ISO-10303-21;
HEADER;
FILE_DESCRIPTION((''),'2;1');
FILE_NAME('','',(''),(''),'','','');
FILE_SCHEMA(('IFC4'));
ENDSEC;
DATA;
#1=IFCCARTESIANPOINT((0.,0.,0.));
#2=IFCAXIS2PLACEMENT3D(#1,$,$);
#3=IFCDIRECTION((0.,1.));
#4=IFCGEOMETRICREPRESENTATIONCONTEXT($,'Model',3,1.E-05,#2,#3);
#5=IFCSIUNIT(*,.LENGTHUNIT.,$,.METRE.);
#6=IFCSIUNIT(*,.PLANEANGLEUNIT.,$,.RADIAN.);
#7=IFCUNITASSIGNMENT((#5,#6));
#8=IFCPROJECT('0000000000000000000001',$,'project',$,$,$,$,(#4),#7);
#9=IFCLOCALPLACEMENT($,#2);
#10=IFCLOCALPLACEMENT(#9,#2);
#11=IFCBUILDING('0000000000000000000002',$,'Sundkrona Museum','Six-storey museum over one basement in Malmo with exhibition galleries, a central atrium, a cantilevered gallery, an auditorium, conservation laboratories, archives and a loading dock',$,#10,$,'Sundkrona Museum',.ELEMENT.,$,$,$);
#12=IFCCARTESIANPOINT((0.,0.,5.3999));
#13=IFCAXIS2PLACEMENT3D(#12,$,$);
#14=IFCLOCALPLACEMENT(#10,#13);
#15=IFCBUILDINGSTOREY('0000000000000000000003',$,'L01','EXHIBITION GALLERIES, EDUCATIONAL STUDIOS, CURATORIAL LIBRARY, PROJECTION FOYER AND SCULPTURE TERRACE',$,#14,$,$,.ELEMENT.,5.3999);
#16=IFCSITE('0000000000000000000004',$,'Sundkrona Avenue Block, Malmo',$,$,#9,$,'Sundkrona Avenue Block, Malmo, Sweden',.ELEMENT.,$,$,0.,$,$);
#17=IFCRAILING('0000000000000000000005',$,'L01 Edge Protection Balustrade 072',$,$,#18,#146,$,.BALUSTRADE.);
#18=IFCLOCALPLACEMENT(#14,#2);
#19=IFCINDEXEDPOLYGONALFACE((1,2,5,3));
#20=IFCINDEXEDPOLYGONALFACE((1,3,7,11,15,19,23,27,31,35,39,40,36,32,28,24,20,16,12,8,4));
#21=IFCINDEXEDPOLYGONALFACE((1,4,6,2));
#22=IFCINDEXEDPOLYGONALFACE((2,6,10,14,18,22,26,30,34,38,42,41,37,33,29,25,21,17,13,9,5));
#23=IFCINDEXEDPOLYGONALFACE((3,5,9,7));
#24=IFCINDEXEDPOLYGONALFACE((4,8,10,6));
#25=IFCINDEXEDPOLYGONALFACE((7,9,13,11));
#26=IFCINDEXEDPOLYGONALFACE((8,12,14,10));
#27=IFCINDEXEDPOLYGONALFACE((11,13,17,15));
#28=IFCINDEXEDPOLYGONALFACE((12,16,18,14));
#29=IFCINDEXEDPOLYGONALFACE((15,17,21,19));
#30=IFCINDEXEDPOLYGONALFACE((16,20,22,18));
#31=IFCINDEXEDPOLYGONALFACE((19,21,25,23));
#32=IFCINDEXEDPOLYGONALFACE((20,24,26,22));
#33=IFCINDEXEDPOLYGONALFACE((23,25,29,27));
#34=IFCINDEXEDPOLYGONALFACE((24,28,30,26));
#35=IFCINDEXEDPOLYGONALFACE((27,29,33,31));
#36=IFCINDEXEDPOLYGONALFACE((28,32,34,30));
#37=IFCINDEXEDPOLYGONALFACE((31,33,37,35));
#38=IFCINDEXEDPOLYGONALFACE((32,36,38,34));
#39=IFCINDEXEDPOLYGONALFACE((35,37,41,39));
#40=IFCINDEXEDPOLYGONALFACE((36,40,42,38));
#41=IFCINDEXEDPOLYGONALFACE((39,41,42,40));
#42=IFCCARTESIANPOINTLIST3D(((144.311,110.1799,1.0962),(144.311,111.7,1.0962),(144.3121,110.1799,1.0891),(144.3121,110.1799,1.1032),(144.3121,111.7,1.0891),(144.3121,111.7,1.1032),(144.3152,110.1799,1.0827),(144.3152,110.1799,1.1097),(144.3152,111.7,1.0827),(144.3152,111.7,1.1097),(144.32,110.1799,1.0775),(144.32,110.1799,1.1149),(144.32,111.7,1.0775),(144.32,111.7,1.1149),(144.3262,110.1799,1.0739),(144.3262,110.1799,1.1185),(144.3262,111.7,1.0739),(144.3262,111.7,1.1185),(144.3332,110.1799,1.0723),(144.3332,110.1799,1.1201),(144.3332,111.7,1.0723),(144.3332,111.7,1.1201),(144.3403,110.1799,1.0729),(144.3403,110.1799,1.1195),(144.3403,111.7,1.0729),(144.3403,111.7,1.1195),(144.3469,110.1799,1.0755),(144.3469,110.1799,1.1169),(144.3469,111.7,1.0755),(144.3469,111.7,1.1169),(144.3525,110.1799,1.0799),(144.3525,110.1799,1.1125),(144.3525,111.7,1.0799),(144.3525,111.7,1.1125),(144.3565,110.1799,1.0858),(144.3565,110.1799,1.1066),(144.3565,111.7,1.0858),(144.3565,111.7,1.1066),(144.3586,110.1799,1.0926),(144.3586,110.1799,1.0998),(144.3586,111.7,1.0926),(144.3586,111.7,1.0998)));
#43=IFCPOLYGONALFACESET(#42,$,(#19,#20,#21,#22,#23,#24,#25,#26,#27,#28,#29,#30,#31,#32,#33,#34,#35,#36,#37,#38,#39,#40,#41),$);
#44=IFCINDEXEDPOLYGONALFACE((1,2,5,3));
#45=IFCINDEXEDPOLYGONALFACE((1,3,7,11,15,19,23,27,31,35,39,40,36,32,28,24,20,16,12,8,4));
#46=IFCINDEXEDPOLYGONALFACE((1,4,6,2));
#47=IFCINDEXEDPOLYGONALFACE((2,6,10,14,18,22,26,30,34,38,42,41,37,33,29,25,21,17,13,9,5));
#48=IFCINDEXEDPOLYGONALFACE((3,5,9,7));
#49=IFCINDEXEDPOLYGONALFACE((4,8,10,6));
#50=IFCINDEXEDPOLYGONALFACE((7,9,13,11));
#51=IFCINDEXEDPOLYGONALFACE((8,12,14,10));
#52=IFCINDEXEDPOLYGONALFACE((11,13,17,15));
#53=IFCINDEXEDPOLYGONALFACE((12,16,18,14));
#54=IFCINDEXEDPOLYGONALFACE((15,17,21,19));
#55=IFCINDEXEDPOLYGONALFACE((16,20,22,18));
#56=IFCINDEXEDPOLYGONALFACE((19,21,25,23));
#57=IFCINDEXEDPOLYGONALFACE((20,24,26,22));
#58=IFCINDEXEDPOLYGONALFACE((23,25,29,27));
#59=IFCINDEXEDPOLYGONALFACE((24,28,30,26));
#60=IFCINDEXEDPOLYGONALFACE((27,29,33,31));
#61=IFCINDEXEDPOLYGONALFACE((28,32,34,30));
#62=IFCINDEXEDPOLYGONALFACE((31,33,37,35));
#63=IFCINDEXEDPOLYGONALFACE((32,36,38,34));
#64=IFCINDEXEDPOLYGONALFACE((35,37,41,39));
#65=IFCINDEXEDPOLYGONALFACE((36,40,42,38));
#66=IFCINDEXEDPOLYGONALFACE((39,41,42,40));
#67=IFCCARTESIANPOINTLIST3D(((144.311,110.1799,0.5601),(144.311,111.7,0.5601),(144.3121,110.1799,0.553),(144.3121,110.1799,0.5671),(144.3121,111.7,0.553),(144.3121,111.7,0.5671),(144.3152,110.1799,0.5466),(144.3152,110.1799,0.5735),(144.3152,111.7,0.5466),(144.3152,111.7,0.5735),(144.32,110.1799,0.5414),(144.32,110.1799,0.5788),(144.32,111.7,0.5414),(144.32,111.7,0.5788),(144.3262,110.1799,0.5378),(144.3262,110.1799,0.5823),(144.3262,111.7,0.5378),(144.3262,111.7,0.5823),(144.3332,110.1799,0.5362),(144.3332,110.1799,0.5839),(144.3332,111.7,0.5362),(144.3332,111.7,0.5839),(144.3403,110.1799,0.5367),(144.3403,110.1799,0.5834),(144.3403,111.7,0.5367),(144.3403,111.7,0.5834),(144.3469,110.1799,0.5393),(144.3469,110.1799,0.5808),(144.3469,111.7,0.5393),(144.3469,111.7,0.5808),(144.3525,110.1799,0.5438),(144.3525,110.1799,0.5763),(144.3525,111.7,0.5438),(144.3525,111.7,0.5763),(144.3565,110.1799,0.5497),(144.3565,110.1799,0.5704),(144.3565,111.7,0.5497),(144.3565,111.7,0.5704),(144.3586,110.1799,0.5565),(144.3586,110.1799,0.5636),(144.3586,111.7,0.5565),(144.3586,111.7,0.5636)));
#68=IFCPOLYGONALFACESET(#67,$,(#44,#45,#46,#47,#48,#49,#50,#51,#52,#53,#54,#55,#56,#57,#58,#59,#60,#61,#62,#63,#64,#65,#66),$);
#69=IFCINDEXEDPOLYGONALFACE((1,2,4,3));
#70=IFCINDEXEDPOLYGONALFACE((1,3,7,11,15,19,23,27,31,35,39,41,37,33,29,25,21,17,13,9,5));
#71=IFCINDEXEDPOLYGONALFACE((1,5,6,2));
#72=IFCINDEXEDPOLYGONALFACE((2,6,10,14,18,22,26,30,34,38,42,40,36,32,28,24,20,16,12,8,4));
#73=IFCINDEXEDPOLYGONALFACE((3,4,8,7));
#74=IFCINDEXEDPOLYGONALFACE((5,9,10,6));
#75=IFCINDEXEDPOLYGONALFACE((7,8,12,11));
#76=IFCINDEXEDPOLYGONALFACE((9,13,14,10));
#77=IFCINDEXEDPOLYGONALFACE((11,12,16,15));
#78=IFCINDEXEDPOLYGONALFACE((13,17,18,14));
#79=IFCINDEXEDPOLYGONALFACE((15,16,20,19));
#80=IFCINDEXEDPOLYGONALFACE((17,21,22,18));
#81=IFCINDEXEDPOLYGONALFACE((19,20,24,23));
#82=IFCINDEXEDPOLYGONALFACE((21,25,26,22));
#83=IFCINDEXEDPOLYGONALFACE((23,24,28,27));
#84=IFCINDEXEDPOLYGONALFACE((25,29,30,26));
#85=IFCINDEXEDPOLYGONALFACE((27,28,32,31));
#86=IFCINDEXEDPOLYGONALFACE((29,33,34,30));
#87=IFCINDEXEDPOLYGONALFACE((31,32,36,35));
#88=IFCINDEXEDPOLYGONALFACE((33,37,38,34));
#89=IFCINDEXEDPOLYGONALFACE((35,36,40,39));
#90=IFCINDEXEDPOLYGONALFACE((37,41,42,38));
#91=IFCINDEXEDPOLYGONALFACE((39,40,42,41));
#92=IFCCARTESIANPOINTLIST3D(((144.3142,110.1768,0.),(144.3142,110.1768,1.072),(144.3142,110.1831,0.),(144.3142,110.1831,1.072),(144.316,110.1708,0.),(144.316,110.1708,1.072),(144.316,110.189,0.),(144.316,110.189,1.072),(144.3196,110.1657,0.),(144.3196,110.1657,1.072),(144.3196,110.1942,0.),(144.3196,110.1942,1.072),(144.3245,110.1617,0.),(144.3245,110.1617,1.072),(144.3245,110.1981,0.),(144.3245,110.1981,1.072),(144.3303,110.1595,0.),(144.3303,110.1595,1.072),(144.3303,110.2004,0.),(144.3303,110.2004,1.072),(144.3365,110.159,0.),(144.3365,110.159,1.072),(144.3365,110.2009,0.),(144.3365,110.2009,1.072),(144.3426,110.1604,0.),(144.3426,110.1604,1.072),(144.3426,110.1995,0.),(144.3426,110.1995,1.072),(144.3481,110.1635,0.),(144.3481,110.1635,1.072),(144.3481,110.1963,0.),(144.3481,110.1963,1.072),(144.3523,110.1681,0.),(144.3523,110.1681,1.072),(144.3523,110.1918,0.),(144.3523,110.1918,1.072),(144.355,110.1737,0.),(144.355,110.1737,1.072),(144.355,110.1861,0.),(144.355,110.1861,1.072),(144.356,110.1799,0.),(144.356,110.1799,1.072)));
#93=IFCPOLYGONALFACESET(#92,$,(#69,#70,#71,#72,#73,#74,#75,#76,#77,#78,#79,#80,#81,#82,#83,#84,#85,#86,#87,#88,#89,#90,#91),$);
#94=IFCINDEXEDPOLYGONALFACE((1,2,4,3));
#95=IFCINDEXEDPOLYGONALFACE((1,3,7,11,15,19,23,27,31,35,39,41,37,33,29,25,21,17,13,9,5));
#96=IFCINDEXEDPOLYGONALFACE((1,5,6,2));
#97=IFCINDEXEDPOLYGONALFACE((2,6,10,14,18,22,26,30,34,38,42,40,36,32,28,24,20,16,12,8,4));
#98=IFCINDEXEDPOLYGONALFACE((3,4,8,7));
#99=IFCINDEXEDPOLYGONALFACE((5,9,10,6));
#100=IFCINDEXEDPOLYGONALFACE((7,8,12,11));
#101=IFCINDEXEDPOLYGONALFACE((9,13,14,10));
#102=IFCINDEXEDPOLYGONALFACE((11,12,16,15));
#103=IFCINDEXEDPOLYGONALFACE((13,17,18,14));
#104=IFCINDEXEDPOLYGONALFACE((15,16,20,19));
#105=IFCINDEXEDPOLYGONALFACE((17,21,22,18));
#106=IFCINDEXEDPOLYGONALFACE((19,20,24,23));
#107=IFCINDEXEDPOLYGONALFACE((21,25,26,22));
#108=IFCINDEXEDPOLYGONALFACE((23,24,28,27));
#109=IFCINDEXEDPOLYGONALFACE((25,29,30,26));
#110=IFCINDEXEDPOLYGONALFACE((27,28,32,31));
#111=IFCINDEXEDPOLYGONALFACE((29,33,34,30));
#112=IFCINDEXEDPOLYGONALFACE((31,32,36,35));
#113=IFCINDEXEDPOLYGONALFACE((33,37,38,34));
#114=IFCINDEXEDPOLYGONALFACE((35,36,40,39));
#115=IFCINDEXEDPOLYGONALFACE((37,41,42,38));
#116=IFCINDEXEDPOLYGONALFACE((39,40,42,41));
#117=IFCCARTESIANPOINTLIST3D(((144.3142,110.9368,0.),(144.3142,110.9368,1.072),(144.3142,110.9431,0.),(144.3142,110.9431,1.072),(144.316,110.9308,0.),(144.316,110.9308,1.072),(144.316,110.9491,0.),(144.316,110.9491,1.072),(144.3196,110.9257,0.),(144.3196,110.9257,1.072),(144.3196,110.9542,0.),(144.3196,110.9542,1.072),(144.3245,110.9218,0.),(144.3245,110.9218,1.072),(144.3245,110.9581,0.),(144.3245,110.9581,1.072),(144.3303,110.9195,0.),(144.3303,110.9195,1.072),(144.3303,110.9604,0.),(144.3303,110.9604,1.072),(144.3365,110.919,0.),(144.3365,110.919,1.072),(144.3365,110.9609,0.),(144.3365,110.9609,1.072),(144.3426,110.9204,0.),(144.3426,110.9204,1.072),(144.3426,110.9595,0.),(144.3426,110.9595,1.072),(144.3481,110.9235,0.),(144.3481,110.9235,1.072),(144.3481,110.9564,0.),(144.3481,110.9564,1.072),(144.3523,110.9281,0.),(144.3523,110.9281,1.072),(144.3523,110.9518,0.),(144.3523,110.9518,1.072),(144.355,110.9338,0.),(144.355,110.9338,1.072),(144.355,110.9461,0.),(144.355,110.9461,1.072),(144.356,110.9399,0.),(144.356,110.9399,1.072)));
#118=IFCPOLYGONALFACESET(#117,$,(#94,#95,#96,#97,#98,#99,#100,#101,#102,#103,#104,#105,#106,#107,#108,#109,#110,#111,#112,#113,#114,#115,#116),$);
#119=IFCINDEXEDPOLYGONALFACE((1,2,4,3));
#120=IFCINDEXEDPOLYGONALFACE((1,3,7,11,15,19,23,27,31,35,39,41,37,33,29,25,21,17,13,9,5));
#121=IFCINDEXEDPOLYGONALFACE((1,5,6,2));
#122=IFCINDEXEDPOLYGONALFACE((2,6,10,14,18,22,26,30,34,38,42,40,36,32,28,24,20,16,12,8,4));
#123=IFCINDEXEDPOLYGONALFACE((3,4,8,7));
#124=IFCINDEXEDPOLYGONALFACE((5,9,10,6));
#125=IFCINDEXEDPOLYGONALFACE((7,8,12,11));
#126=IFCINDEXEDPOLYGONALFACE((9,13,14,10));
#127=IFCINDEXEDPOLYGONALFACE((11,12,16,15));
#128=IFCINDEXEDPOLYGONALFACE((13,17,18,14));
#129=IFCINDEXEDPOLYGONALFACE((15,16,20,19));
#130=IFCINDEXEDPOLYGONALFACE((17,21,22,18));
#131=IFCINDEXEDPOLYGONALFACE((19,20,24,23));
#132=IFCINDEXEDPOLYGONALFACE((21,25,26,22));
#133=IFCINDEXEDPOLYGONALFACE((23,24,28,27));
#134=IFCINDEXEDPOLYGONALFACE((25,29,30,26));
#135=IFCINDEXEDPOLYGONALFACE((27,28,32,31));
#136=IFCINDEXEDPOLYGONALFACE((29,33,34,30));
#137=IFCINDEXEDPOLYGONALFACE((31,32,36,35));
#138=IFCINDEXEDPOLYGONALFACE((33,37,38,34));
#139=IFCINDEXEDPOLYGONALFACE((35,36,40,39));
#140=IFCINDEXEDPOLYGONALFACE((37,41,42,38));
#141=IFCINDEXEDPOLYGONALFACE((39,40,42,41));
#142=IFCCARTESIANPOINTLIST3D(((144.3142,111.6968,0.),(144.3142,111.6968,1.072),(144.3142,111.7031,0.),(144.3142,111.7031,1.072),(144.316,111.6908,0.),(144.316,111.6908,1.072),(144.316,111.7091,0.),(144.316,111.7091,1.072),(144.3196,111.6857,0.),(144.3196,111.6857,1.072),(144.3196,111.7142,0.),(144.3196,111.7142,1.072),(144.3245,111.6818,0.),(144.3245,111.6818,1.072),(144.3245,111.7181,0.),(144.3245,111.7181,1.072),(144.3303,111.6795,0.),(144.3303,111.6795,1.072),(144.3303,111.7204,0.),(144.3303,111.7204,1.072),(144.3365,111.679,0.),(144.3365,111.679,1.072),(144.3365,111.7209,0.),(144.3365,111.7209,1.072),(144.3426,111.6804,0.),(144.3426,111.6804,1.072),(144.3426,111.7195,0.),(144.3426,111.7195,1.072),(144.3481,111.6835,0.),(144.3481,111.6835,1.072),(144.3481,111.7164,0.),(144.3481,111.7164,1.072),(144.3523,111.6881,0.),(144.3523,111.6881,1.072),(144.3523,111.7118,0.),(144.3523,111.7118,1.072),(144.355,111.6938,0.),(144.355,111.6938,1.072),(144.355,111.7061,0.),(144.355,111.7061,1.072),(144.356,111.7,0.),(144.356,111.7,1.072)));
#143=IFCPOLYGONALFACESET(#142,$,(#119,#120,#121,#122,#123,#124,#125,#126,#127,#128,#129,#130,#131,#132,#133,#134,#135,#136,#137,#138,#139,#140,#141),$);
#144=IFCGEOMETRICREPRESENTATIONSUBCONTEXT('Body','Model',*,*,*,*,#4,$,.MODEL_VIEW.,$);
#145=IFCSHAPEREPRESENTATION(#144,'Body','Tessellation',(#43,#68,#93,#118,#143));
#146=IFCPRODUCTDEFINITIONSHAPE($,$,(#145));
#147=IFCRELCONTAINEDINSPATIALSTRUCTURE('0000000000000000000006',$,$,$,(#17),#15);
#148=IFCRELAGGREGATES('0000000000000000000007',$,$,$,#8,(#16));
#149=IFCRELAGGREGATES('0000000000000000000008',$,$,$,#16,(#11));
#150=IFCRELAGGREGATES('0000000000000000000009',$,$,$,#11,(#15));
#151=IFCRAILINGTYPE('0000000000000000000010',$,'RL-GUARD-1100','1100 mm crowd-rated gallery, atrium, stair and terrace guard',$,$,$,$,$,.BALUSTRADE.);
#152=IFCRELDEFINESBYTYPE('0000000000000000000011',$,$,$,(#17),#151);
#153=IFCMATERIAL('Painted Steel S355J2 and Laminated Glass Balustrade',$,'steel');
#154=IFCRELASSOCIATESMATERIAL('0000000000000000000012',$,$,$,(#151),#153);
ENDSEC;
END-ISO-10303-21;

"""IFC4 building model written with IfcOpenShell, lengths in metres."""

from ifc_helpers import new_model, si_unit, direction, frame, origin, origin_2d, place, context, subcontext, project, spatial, circle, extrude, material, type_object, element, save


model = new_model("IFC4")

# Units and contexts
model_context = context("Model", 3, precision=1e-05, world=origin(), true_north=direction((0.0, 1.0)))
body_context = subcontext(model_context, "Body", "Model", "MODEL_VIEW")
ifc_project = project(units=[si_unit("LENGTHUNIT", "METRE"), si_unit("PLANEANGLEUNIT", "RADIAN")], contexts=[model_context])

# Site, building, storey
site_placement = place(None, origin())
site = spatial("IfcSite", under=ifc_project, at=site_placement, Name="Sundkrona Avenue Block, Malmo", LongName="Sundkrona Avenue Block, Malmo, Sweden", CompositionType="ELEMENT", RefElevation=0.0)
building_placement = place(site_placement, origin())
building = spatial("IfcBuilding", under=site, at=building_placement, Name="Sundkrona Museum", Description="Six-storey museum over one basement in Malmo with exhibition galleries, a central atrium, a cantilevered gallery, an auditorium, conservation laboratories, archives and a loading dock", LongName="Sundkrona Museum", CompositionType="ELEMENT")
storey_placement = place(building_placement, frame((0.0, 0.0, 5.3999)))
storey = spatial("IfcBuildingStorey", under=building, at=storey_placement, Name="L01", Description="EXHIBITION GALLERIES, EDUCATIONAL STUDIOS, CURATORIAL LIBRARY, PROJECTION FOYER AND SCULPTURE TERRACE", CompositionType="ELEMENT", Elevation=5.3999)

# Railing
ifc_material_1 = material(Name="Painted Steel S355J2 and Laminated Glass Balustrade", Category="steel")
railing_type_1 = type_object("IfcRailingType", Name="RL-GUARD-1100", Description="1100 mm crowd-rated gallery, atrium, stair and terrace guard", PredefinedType="BALUSTRADE", material=ifc_material_1)
for number, where, name in (
    (1, (144.335, 110.1799, 0.0), "L01 Edge Protection Balustrade 072"),
):
    element("IfcRailing", number, at=place(storey_placement, frame(where)), inside=storey, type_object=railing_type_1, Name=name, PredefinedType="BALUSTRADE", context=body_context, shape_type="SweptSolid", body=[
        extrude(circle(Radius=0.0239, at=origin_2d()), frame((0.0, 0.0, 1.0962), z_axis=(0.0, 1.0, 0.0), x_axis=(-1.0, 0.0, 0.0)), (0.0, 0.0, 1.0), 1.52),
        extrude(circle(Radius=0.0239, at=origin_2d()), frame((0.0, 0.0, 0.5601), z_axis=(0.0, 1.0, 0.0), x_axis=(-1.0, 0.0, 0.0)), (0.0, 0.0, 1.0), 1.52),
        extrude(circle(Radius=0.021, at=origin_2d()), origin(), (0.0, 0.0, 1.0), 1.072),
        extrude(circle(Radius=0.021, at=origin_2d()), frame((0.0, 0.76, 0.0)), (0.0, 0.0, 1.0), 1.072),
        extrude(circle(Radius=0.021, at=origin_2d()), frame((0.0, 1.52, 0.0)), (0.0, 0.0, 1.0), 1.072),
    ])

save(model, "model.ifc")
